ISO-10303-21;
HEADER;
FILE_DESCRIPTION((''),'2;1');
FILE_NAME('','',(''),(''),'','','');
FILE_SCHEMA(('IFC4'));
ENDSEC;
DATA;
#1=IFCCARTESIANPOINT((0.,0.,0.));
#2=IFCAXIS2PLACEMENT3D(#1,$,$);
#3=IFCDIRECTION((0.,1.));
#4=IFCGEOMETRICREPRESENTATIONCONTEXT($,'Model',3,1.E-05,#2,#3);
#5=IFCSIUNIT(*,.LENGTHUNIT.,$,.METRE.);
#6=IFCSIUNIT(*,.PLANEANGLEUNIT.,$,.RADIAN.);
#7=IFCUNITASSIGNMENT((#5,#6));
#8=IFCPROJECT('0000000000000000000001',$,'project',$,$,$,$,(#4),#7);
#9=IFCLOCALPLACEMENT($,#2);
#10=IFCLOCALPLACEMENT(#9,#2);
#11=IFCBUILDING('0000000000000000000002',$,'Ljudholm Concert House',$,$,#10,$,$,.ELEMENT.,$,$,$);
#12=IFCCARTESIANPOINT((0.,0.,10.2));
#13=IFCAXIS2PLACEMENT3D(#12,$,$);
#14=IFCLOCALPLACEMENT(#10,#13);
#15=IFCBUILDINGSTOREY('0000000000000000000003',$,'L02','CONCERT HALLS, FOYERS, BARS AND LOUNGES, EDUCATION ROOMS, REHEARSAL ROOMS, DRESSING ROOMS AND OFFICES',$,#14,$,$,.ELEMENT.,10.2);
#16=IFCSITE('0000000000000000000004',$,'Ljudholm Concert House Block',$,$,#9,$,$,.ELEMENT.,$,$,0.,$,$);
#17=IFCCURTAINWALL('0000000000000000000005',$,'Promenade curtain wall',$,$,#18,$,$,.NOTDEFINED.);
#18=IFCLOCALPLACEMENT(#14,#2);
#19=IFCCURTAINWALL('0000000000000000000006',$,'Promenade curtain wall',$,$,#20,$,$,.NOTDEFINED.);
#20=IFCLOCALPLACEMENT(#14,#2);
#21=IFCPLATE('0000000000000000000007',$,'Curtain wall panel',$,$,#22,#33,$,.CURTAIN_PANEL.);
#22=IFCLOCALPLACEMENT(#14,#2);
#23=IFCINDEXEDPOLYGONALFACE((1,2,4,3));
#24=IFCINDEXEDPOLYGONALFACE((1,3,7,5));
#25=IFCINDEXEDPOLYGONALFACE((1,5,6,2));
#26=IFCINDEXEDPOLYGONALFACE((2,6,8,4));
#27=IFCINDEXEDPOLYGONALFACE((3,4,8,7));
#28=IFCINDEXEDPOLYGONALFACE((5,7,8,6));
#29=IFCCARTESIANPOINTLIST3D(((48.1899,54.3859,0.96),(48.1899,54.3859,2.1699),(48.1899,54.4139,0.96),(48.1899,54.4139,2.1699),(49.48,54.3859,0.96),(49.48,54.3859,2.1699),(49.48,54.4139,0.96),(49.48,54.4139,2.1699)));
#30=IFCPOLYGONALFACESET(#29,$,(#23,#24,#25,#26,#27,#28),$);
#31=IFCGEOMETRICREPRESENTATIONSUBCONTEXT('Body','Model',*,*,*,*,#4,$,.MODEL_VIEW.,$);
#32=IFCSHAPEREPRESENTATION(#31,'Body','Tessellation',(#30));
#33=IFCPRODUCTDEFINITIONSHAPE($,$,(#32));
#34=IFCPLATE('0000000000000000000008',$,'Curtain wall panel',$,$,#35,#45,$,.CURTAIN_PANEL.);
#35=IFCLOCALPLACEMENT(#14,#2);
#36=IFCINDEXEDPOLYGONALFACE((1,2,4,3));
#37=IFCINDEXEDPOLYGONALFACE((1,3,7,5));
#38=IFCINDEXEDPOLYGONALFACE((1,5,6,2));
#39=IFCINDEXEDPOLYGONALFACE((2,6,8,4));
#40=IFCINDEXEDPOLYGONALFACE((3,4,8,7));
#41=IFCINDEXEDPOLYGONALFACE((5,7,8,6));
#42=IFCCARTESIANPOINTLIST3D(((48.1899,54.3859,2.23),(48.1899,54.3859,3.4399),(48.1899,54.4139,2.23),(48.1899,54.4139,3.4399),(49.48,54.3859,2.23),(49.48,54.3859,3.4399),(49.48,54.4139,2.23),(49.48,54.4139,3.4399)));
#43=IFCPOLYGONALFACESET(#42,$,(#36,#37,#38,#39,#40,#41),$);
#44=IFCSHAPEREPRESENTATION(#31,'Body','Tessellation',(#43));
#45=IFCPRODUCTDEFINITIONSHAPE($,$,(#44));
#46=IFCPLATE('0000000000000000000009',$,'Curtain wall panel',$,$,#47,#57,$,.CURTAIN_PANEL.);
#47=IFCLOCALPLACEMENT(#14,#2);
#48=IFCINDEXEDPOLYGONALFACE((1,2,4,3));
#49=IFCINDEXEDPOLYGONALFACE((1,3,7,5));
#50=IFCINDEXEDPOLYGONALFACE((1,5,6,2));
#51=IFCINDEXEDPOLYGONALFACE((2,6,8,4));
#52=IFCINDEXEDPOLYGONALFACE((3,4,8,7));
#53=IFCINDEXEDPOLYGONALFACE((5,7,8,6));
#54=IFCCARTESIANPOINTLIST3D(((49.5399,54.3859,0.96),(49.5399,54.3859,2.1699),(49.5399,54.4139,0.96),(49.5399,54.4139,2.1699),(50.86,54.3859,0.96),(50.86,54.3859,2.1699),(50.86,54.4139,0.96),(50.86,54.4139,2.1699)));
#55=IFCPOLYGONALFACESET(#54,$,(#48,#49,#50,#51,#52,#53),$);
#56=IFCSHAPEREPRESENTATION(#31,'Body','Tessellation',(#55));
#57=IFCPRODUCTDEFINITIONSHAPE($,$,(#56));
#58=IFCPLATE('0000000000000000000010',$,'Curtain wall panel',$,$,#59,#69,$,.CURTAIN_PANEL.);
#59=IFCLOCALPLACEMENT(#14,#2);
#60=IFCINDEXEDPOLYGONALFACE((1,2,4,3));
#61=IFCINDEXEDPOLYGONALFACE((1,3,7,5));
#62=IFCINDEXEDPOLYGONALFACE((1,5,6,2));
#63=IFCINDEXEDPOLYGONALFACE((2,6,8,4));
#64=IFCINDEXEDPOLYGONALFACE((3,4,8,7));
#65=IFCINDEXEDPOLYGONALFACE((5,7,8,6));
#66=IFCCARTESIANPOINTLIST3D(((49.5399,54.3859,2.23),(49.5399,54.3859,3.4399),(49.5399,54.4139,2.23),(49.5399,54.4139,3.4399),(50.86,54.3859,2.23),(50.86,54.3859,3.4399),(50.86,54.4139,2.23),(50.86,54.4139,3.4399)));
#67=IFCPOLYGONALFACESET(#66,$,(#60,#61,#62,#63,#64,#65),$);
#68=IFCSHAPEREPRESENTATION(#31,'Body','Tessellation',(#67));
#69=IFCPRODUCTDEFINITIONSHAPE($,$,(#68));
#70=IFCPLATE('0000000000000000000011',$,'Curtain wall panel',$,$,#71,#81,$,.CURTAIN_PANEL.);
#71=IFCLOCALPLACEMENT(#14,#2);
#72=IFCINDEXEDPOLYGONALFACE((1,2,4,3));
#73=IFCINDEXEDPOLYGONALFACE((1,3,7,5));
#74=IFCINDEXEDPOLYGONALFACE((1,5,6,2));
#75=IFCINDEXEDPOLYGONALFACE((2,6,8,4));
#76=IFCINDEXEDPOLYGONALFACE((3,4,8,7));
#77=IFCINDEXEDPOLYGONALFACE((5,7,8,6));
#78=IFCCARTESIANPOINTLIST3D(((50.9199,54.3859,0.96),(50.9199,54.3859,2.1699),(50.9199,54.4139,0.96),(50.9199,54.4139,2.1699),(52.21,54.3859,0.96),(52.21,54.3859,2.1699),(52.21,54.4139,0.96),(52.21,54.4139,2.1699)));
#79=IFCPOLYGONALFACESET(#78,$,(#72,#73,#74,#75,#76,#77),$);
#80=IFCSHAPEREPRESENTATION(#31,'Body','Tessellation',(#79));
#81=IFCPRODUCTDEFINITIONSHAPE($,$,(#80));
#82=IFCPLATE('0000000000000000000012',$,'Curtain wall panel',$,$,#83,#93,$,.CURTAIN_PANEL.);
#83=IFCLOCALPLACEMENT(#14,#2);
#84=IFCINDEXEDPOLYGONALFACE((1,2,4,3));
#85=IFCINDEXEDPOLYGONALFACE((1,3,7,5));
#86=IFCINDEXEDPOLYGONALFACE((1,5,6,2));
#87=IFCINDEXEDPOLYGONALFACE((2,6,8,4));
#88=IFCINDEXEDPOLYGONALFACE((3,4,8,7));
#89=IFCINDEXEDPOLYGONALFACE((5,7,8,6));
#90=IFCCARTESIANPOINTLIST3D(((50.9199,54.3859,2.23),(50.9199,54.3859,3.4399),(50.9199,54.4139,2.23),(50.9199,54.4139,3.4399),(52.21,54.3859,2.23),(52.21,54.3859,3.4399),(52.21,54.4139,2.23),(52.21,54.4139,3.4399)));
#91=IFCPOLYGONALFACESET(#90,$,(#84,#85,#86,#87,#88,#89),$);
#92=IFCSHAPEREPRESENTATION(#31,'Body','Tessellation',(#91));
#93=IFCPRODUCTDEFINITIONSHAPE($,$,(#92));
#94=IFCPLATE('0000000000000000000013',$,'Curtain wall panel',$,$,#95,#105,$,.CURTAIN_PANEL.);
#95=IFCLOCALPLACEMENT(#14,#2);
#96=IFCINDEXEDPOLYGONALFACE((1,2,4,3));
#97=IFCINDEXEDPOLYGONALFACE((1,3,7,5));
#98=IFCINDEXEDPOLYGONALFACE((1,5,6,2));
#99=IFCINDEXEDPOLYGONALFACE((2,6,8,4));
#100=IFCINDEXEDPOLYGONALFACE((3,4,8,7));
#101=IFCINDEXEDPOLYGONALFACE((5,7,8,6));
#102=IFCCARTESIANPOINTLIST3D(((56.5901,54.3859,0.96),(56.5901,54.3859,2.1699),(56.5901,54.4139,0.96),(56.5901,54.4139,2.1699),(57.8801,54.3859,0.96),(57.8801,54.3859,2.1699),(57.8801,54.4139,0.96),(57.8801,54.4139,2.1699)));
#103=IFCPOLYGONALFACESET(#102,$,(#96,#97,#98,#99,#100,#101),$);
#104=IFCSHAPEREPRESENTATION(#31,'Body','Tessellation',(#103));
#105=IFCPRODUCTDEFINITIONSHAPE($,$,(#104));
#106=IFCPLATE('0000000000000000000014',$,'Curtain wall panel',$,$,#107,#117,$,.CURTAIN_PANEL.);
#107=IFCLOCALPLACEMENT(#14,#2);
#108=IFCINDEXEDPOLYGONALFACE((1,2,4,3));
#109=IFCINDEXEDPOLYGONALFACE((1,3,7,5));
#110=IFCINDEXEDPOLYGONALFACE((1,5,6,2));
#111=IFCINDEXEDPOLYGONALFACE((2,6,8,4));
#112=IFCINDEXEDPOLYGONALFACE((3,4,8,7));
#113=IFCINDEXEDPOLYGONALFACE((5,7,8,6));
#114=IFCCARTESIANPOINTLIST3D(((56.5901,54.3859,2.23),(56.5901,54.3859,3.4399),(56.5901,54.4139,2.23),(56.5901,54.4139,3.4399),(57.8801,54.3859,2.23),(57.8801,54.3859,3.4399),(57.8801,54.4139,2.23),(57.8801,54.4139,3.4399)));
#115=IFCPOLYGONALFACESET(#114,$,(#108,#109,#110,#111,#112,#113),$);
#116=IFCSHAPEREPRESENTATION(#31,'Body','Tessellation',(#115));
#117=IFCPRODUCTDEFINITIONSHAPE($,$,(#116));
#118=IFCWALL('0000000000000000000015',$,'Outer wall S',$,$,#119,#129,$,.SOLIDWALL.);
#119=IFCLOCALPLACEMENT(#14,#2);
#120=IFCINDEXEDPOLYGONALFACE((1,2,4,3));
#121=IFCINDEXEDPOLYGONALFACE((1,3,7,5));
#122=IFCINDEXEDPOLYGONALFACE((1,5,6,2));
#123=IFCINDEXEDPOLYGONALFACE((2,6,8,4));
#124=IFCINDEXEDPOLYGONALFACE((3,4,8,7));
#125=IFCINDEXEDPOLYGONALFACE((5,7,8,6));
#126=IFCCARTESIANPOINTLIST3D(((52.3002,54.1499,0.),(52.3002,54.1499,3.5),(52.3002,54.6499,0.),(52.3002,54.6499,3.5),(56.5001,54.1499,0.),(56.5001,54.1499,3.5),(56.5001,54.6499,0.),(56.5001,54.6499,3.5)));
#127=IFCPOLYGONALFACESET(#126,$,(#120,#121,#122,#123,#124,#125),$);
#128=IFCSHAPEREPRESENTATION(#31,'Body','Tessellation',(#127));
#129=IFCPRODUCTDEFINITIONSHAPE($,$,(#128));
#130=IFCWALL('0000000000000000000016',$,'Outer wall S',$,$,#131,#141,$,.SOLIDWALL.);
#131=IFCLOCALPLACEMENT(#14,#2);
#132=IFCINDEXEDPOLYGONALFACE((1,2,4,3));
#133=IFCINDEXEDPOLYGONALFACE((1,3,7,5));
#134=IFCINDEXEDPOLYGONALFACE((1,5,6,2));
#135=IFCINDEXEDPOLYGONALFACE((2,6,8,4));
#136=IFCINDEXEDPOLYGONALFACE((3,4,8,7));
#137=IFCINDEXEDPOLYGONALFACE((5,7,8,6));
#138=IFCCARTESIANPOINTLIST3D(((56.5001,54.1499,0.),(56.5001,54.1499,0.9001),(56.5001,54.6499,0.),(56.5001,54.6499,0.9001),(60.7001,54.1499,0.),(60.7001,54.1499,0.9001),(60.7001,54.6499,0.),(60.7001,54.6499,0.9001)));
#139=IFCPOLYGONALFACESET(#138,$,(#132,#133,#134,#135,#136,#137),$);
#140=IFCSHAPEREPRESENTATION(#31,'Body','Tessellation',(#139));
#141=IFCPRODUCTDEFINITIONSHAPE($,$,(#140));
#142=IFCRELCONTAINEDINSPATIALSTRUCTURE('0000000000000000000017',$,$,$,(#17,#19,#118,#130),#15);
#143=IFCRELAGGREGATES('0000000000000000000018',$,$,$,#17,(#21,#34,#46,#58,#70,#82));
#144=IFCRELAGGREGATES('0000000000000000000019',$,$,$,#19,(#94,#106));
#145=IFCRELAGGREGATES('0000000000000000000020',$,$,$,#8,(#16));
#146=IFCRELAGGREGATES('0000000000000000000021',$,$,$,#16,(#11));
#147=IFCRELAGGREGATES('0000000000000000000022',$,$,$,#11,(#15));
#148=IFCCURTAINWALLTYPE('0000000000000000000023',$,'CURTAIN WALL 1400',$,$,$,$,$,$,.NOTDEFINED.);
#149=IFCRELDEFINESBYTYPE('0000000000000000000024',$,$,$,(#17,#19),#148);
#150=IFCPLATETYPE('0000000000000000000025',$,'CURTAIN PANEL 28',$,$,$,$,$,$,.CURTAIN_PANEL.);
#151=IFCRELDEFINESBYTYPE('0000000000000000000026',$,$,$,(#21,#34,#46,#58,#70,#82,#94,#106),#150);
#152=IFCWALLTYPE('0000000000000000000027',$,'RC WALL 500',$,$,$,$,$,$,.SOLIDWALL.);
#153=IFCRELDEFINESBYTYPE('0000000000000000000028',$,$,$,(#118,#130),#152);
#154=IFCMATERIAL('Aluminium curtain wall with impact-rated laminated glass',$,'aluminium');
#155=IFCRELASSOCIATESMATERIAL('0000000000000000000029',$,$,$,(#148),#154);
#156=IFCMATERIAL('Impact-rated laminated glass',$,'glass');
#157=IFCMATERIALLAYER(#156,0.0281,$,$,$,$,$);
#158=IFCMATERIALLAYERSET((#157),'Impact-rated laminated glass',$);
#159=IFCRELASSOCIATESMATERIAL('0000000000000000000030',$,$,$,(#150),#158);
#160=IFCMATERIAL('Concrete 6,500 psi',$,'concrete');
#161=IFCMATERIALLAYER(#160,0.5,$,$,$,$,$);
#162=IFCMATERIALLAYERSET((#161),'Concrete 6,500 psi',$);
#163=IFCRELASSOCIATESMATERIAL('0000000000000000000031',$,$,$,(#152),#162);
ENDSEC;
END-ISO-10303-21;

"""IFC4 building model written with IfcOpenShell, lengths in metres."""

from ifc_helpers import new_model, si_unit, direction, frame, frame_2d, origin, origin_2d, place, context, subcontext, project, spatial, rectangle, extrude, material, layer, layer_set, type_object, element, aggregate, save


model = new_model("IFC4")

# Units and contexts
model_context = context("Model", 3, precision=1e-05, world=origin(), true_north=direction((0.0, 1.0)))
body_context = subcontext(model_context, "Body", "Model", "MODEL_VIEW")
ifc_project = project(units=[si_unit("LENGTHUNIT", "METRE"), si_unit("PLANEANGLEUNIT", "RADIAN")], contexts=[model_context])

# Site, building, storey
site_placement = place(None, origin())
site = spatial("IfcSite", under=ifc_project, at=site_placement, Name="Ljudholm Concert House Block", CompositionType="ELEMENT", RefElevation=0.0)
building_placement = place(site_placement, origin())
building = spatial("IfcBuilding", under=site, at=building_placement, Name="Ljudholm Concert House", CompositionType="ELEMENT")
storey_placement = place(building_placement, frame((0.0, 0.0, 10.2)))
storey = spatial("IfcBuildingStorey", under=building, at=storey_placement, Name="L02", Description="CONCERT HALLS, FOYERS, BARS AND LOUNGES, EDUCATION ROOMS, REHEARSAL ROOMS, DRESSING ROOMS AND OFFICES", CompositionType="ELEMENT", Elevation=10.2)

# Curtain walls
ifc_material_1 = material(Name="Aluminium curtain wall with impact-rated laminated glass", Category="aluminium")
curtain_wall_type = type_object("IfcCurtainWallType", Name="CURTAIN WALL 1400", PredefinedType="NOTDEFINED", material=ifc_material_1)
curtain_wall_1_placement = place(storey_placement, origin())
curtain_wall_1 = element("IfcCurtainWall", 1, at=curtain_wall_1_placement, inside=storey, type_object=curtain_wall_type, Name="Promenade curtain wall", PredefinedType="NOTDEFINED")
curtain_wall_2_placement = place(storey_placement, origin())
curtain_wall_2 = element("IfcCurtainWall", 2, at=curtain_wall_2_placement, inside=storey, type_object=curtain_wall_type, Name="Promenade curtain wall", PredefinedType="NOTDEFINED")

# Plates
ifc_material_2 = material(Name="Impact-rated laminated glass", Category="glass")
ifc_layer_1 = layer(ifc_material_2, 0.0281)
ifc_layer_set_1 = layer_set([ifc_layer_1], Name="Impact-rated laminated glass")
plate_type = type_object("IfcPlateType", Name="CURTAIN PANEL 28", PredefinedType="CURTAIN_PANEL", material=ifc_layer_set_1)
plate_1_placement = place(storey_placement, frame((48.835, 54.3999, 0.96), z_axis=(0.0, 0.0, 1.0), x_axis=(1.0, 0.0, 0.0)))
plate_1 = element("IfcPlate", 3, at=plate_1_placement, type_object=plate_type, Name="Curtain wall panel", PredefinedType="CURTAIN_PANEL", context=body_context, shape_type="SweptSolid", body=[
    extrude(rectangle(XDim=1.29, YDim=0.0281, at=origin_2d()), origin(), (0.0, 0.0, 1.0), 1.21),
])
plate_2_placement = place(storey_placement, frame((48.835, 54.3999, 2.23), z_axis=(0.0, 0.0, 1.0), x_axis=(1.0, 0.0, 0.0)))
plate_2 = element("IfcPlate", 4, at=plate_2_placement, type_object=plate_type, Name="Curtain wall panel", PredefinedType="CURTAIN_PANEL", context=body_context, shape_type="SweptSolid", body=[
    extrude(rectangle(XDim=1.29, YDim=0.0281, at=origin_2d()), origin(), (0.0, 0.0, 1.0), 1.21),
])
plate_3_placement = place(storey_placement, frame((50.2, 54.3999, 0.96), z_axis=(0.0, 0.0, 1.0), x_axis=(1.0, 0.0, 0.0)))
plate_3 = element("IfcPlate", 5, at=plate_3_placement, type_object=plate_type, Name="Curtain wall panel", PredefinedType="CURTAIN_PANEL", context=body_context, shape_type="SweptSolid", body=[
    extrude(rectangle(XDim=1.3201, YDim=0.0281, at=origin_2d()), origin(), (0.0, 0.0, 1.0), 1.21),
])
plate_4_placement = place(storey_placement, frame((50.2, 54.3999, 2.23), z_axis=(0.0, 0.0, 1.0), x_axis=(1.0, 0.0, 0.0)))
plate_4 = element("IfcPlate", 6, at=plate_4_placement, type_object=plate_type, Name="Curtain wall panel", PredefinedType="CURTAIN_PANEL", context=body_context, shape_type="SweptSolid", body=[
    extrude(rectangle(XDim=1.3201, YDim=0.0281, at=origin_2d()), origin(), (0.0, 0.0, 1.0), 1.21),
])
plate_5_placement = place(storey_placement, frame((51.5649, 54.3999, 0.96), z_axis=(0.0, 0.0, 1.0), x_axis=(1.0, 0.0, 0.0)))
plate_5 = element("IfcPlate", 7, at=plate_5_placement, type_object=plate_type, Name="Curtain wall panel", PredefinedType="CURTAIN_PANEL", context=body_context, shape_type="SweptSolid", body=[
    extrude(rectangle(XDim=1.29, YDim=0.0281, at=origin_2d()), origin(), (0.0, 0.0, 1.0), 1.21),
])
plate_6_placement = place(storey_placement, frame((51.5649, 54.3999, 2.23), z_axis=(0.0, 0.0, 1.0), x_axis=(1.0, 0.0, 0.0)))
plate_6 = element("IfcPlate", 8, at=plate_6_placement, type_object=plate_type, Name="Curtain wall panel", PredefinedType="CURTAIN_PANEL", context=body_context, shape_type="SweptSolid", body=[
    extrude(rectangle(XDim=1.29, YDim=0.0281, at=origin_2d()), origin(), (0.0, 0.0, 1.0), 1.21),
])
aggregate(curtain_wall_1, [plate_1, plate_2, plate_3, plate_4, plate_5, plate_6])
plate_7_placement = place(storey_placement, frame((57.2351, 54.3999, 0.96), z_axis=(0.0, 0.0, 1.0), x_axis=(1.0, 0.0, 0.0)))
plate_7 = element("IfcPlate", 9, at=plate_7_placement, type_object=plate_type, Name="Curtain wall panel", PredefinedType="CURTAIN_PANEL", context=body_context, shape_type="SweptSolid", body=[
    extrude(rectangle(XDim=1.29, YDim=0.0281, at=origin_2d()), origin(), (0.0, 0.0, 1.0), 1.21),
])
plate_8_placement = place(storey_placement, frame((57.2351, 54.3999, 2.23), z_axis=(0.0, 0.0, 1.0), x_axis=(1.0, 0.0, 0.0)))
plate_8 = element("IfcPlate", 10, at=plate_8_placement, type_object=plate_type, Name="Curtain wall panel", PredefinedType="CURTAIN_PANEL", context=body_context, shape_type="SweptSolid", body=[
    extrude(rectangle(XDim=1.29, YDim=0.0281, at=origin_2d()), origin(), (0.0, 0.0, 1.0), 1.21),
])
aggregate(curtain_wall_2, [plate_7, plate_8])

# Walls
ifc_material_3 = material(Name="Concrete 6,500 psi", Category="concrete")
ifc_layer_2 = layer(ifc_material_3, 0.5)
ifc_layer_set_2 = layer_set([ifc_layer_2], Name="Concrete 6,500 psi")
wall_type = type_object("IfcWallType", Name="RC WALL 500", PredefinedType="SOLIDWALL", material=ifc_layer_set_2)
wall_1_placement = place(storey_placement, frame((52.3, 54.3999, 0.0), z_axis=(0.0, 0.0, 1.0), x_axis=(1.0, 0.0, 0.0)))
element("IfcWall", 11, at=wall_1_placement, inside=storey, type_object=wall_type, Name="Outer wall S", PredefinedType="SOLIDWALL", context=body_context, shape_type="SweptSolid", body=[
    extrude(rectangle(XDim=4.2, YDim=0.5, at=frame_2d((2.1001, 0.0))), origin(), (0.0, 0.0, 1.0), 3.5),
])
wall_2_placement = place(storey_placement, frame((56.5, 54.3999, 0.0), z_axis=(0.0, 0.0, 1.0), x_axis=(1.0, 0.0, 0.0)))
element("IfcWall", 12, at=wall_2_placement, inside=storey, type_object=wall_type, Name="Outer wall S", PredefinedType="SOLIDWALL", context=body_context, shape_type="SweptSolid", body=[
    extrude(rectangle(XDim=4.2, YDim=0.5, at=frame_2d((2.1001, 0.0))), origin(), (0.0, 0.0, 1.0), 0.9001),
])

save(model, "model.ifc")
